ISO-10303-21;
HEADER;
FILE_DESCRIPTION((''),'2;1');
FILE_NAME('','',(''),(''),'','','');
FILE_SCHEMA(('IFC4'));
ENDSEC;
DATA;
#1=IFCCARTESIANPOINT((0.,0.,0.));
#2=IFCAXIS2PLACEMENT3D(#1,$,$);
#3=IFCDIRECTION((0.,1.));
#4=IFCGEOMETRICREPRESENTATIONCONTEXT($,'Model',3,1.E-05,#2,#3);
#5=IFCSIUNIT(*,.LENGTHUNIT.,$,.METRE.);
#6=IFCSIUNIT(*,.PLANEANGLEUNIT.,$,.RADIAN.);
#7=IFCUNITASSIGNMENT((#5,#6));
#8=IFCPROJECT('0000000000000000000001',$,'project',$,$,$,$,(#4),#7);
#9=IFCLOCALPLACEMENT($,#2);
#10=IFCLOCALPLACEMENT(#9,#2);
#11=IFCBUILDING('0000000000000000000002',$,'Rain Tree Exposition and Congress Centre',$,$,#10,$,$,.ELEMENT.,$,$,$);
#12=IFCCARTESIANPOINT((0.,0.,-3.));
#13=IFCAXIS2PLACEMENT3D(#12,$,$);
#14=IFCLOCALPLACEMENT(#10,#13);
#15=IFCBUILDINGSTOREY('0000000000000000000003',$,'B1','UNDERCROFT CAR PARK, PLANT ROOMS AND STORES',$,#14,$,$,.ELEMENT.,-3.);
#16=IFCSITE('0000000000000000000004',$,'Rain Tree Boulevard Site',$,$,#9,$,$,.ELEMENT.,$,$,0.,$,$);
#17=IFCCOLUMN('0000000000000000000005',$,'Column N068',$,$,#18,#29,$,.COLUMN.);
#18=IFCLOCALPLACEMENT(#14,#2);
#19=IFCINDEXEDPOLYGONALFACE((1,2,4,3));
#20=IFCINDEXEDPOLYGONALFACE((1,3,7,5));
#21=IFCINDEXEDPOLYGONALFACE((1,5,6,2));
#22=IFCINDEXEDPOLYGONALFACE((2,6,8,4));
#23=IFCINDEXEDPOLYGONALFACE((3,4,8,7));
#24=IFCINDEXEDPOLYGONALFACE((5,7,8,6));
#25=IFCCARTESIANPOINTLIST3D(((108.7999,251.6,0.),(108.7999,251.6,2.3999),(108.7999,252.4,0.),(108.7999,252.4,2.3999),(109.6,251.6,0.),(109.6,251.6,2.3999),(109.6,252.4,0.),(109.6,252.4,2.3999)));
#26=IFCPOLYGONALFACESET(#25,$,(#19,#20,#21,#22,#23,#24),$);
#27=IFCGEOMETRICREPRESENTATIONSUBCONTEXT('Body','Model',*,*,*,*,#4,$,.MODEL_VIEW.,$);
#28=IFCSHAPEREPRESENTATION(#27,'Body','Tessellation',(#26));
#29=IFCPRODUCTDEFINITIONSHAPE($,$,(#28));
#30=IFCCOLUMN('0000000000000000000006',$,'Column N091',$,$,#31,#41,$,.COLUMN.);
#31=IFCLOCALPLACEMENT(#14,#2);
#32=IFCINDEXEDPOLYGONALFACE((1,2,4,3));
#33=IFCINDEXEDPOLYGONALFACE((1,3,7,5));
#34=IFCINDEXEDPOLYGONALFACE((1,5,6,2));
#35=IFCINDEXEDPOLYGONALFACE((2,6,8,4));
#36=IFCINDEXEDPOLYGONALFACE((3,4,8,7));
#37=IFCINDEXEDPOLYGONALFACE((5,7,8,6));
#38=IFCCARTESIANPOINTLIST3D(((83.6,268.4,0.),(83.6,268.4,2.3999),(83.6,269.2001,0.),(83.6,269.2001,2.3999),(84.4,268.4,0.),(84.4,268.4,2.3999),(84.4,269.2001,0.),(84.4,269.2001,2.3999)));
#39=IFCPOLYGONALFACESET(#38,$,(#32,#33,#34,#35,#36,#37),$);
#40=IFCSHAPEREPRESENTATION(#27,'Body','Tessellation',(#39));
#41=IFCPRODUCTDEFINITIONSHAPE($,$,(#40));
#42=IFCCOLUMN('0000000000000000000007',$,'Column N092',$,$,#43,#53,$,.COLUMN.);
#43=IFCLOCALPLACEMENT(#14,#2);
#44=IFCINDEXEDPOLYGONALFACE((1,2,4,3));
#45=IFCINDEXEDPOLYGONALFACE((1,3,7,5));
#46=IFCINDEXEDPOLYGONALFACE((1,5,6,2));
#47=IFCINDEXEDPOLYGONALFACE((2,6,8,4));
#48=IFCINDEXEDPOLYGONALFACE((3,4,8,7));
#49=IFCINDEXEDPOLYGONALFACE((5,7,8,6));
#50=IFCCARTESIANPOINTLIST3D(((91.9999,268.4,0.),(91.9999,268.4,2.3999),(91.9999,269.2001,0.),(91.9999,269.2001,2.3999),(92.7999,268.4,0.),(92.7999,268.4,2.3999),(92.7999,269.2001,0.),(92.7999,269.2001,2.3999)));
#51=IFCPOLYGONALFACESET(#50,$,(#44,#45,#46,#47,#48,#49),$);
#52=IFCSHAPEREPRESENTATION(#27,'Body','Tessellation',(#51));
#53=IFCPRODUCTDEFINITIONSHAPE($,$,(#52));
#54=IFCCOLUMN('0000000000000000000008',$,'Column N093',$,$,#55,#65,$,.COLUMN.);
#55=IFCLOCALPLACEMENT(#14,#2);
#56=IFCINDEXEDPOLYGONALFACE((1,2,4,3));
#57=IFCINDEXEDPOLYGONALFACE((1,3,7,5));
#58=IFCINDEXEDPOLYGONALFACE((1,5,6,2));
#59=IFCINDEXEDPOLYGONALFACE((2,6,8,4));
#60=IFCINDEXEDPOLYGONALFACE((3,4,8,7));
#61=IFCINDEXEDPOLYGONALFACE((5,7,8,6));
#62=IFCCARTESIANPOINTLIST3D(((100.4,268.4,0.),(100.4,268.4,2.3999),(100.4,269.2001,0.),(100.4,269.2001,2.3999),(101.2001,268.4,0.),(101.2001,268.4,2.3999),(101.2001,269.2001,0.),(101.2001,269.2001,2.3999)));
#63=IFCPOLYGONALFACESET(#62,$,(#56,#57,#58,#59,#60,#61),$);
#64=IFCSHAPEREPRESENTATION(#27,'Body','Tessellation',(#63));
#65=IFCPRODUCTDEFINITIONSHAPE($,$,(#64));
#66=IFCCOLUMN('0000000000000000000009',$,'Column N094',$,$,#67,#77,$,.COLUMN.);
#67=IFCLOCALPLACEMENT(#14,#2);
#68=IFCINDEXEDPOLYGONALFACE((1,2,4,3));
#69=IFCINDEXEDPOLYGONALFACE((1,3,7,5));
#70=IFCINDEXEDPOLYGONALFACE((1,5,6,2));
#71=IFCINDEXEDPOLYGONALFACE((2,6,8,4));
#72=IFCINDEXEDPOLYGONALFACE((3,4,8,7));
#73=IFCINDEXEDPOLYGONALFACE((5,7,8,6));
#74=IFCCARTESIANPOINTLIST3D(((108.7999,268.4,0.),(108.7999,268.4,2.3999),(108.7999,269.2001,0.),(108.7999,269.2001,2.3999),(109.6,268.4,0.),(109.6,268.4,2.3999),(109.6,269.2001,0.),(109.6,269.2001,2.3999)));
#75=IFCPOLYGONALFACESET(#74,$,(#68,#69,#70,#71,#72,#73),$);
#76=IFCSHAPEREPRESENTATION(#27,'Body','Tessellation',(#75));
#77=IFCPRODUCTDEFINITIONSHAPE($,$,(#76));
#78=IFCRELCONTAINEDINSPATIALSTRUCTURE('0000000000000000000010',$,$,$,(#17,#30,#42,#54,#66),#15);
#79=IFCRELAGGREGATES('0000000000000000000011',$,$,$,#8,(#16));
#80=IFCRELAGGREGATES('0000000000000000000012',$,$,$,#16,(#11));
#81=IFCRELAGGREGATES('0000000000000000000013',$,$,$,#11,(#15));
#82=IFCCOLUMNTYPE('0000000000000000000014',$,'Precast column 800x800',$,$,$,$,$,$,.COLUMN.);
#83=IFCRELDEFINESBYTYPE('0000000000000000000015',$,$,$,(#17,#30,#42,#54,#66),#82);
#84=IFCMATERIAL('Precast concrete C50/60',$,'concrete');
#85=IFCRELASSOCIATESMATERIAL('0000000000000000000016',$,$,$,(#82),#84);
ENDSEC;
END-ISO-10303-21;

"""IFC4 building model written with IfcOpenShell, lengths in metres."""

from ifc_helpers import new_model, si_unit, direction, frame, origin, origin_2d, place, context, subcontext, project, spatial, rectangle, extrude, material, material_profile, profile_set, type_object, element, save


model = new_model("IFC4")

# Units and contexts
model_context = context("Model", 3, precision=1e-05, world=origin(), true_north=direction((0.0, 1.0)))
body_context = subcontext(model_context, "Body", "Model", "MODEL_VIEW")
ifc_project = project(units=[si_unit("LENGTHUNIT", "METRE"), si_unit("PLANEANGLEUNIT", "RADIAN")], contexts=[model_context])

# Site, building, storey
site_placement = place(None, origin())
site = spatial("IfcSite", under=ifc_project, at=site_placement, Name="Rain Tree Boulevard Site", CompositionType="ELEMENT", RefElevation=0.0)
building_placement = place(site_placement, origin())
building = spatial("IfcBuilding", under=site, at=building_placement, Name="Rain Tree Exposition and Congress Centre", CompositionType="ELEMENT")
storey_placement = place(building_placement, frame((0.0, 0.0, -3.0)))
storey = spatial("IfcBuildingStorey", under=building, at=storey_placement, Name="B1", Description="UNDERCROFT CAR PARK, PLANT ROOMS AND STORES", CompositionType="ELEMENT", Elevation=-3.0)

# Columns
ifc_material_1 = material(Name="Precast concrete C50/60", Category="concrete")
ifc_material_profile_1 = material_profile(ifc_material_1, rectangle(XDim=0.8, YDim=0.8, at=origin_2d()), Name="RC 800x800")
ifc_profile_set_1 = profile_set([ifc_material_profile_1], Name="Precast concrete C50/60")
column_type = type_object("IfcColumnType", Name="Precast column 800x800", PredefinedType="COLUMN", material=ifc_profile_set_1)
for number, where, z_axis, x_axis, name in (
    (1, (109.2, 252.0, 0.0), (0.0, 0.0, 1.0), (1.0, 0.0, 0.0), "Column N068"),
    (2, (84.0, 268.8, 0.0), (0.0, 0.0, 1.0), (1.0, 0.0, 0.0), "Column N091"),
    (3, (92.3999, 268.8, 0.0), (0.0, 0.0, 1.0), (1.0, 0.0, 0.0), "Column N092"),
    (4, (100.8, 268.8, 0.0), (0.0, 0.0, 1.0), (1.0, 0.0, 0.0), "Column N093"),
    (5, (109.2, 268.8, 0.0), (0.0, 0.0, 1.0), (1.0, 0.0, 0.0), "Column N094"),
):
    element("IfcColumn", number, at=place(storey_placement, frame(where, z_axis=z_axis, x_axis=x_axis)), inside=storey, type_object=column_type, Name=name, PredefinedType="COLUMN", context=body_context, shape_type="SweptSolid", body=[
        extrude(rectangle(XDim=0.8, YDim=0.8, at=origin_2d()), origin(), (0.0, 0.0, 1.0), 2.3999),
    ])

save(model, "model.ifc")
